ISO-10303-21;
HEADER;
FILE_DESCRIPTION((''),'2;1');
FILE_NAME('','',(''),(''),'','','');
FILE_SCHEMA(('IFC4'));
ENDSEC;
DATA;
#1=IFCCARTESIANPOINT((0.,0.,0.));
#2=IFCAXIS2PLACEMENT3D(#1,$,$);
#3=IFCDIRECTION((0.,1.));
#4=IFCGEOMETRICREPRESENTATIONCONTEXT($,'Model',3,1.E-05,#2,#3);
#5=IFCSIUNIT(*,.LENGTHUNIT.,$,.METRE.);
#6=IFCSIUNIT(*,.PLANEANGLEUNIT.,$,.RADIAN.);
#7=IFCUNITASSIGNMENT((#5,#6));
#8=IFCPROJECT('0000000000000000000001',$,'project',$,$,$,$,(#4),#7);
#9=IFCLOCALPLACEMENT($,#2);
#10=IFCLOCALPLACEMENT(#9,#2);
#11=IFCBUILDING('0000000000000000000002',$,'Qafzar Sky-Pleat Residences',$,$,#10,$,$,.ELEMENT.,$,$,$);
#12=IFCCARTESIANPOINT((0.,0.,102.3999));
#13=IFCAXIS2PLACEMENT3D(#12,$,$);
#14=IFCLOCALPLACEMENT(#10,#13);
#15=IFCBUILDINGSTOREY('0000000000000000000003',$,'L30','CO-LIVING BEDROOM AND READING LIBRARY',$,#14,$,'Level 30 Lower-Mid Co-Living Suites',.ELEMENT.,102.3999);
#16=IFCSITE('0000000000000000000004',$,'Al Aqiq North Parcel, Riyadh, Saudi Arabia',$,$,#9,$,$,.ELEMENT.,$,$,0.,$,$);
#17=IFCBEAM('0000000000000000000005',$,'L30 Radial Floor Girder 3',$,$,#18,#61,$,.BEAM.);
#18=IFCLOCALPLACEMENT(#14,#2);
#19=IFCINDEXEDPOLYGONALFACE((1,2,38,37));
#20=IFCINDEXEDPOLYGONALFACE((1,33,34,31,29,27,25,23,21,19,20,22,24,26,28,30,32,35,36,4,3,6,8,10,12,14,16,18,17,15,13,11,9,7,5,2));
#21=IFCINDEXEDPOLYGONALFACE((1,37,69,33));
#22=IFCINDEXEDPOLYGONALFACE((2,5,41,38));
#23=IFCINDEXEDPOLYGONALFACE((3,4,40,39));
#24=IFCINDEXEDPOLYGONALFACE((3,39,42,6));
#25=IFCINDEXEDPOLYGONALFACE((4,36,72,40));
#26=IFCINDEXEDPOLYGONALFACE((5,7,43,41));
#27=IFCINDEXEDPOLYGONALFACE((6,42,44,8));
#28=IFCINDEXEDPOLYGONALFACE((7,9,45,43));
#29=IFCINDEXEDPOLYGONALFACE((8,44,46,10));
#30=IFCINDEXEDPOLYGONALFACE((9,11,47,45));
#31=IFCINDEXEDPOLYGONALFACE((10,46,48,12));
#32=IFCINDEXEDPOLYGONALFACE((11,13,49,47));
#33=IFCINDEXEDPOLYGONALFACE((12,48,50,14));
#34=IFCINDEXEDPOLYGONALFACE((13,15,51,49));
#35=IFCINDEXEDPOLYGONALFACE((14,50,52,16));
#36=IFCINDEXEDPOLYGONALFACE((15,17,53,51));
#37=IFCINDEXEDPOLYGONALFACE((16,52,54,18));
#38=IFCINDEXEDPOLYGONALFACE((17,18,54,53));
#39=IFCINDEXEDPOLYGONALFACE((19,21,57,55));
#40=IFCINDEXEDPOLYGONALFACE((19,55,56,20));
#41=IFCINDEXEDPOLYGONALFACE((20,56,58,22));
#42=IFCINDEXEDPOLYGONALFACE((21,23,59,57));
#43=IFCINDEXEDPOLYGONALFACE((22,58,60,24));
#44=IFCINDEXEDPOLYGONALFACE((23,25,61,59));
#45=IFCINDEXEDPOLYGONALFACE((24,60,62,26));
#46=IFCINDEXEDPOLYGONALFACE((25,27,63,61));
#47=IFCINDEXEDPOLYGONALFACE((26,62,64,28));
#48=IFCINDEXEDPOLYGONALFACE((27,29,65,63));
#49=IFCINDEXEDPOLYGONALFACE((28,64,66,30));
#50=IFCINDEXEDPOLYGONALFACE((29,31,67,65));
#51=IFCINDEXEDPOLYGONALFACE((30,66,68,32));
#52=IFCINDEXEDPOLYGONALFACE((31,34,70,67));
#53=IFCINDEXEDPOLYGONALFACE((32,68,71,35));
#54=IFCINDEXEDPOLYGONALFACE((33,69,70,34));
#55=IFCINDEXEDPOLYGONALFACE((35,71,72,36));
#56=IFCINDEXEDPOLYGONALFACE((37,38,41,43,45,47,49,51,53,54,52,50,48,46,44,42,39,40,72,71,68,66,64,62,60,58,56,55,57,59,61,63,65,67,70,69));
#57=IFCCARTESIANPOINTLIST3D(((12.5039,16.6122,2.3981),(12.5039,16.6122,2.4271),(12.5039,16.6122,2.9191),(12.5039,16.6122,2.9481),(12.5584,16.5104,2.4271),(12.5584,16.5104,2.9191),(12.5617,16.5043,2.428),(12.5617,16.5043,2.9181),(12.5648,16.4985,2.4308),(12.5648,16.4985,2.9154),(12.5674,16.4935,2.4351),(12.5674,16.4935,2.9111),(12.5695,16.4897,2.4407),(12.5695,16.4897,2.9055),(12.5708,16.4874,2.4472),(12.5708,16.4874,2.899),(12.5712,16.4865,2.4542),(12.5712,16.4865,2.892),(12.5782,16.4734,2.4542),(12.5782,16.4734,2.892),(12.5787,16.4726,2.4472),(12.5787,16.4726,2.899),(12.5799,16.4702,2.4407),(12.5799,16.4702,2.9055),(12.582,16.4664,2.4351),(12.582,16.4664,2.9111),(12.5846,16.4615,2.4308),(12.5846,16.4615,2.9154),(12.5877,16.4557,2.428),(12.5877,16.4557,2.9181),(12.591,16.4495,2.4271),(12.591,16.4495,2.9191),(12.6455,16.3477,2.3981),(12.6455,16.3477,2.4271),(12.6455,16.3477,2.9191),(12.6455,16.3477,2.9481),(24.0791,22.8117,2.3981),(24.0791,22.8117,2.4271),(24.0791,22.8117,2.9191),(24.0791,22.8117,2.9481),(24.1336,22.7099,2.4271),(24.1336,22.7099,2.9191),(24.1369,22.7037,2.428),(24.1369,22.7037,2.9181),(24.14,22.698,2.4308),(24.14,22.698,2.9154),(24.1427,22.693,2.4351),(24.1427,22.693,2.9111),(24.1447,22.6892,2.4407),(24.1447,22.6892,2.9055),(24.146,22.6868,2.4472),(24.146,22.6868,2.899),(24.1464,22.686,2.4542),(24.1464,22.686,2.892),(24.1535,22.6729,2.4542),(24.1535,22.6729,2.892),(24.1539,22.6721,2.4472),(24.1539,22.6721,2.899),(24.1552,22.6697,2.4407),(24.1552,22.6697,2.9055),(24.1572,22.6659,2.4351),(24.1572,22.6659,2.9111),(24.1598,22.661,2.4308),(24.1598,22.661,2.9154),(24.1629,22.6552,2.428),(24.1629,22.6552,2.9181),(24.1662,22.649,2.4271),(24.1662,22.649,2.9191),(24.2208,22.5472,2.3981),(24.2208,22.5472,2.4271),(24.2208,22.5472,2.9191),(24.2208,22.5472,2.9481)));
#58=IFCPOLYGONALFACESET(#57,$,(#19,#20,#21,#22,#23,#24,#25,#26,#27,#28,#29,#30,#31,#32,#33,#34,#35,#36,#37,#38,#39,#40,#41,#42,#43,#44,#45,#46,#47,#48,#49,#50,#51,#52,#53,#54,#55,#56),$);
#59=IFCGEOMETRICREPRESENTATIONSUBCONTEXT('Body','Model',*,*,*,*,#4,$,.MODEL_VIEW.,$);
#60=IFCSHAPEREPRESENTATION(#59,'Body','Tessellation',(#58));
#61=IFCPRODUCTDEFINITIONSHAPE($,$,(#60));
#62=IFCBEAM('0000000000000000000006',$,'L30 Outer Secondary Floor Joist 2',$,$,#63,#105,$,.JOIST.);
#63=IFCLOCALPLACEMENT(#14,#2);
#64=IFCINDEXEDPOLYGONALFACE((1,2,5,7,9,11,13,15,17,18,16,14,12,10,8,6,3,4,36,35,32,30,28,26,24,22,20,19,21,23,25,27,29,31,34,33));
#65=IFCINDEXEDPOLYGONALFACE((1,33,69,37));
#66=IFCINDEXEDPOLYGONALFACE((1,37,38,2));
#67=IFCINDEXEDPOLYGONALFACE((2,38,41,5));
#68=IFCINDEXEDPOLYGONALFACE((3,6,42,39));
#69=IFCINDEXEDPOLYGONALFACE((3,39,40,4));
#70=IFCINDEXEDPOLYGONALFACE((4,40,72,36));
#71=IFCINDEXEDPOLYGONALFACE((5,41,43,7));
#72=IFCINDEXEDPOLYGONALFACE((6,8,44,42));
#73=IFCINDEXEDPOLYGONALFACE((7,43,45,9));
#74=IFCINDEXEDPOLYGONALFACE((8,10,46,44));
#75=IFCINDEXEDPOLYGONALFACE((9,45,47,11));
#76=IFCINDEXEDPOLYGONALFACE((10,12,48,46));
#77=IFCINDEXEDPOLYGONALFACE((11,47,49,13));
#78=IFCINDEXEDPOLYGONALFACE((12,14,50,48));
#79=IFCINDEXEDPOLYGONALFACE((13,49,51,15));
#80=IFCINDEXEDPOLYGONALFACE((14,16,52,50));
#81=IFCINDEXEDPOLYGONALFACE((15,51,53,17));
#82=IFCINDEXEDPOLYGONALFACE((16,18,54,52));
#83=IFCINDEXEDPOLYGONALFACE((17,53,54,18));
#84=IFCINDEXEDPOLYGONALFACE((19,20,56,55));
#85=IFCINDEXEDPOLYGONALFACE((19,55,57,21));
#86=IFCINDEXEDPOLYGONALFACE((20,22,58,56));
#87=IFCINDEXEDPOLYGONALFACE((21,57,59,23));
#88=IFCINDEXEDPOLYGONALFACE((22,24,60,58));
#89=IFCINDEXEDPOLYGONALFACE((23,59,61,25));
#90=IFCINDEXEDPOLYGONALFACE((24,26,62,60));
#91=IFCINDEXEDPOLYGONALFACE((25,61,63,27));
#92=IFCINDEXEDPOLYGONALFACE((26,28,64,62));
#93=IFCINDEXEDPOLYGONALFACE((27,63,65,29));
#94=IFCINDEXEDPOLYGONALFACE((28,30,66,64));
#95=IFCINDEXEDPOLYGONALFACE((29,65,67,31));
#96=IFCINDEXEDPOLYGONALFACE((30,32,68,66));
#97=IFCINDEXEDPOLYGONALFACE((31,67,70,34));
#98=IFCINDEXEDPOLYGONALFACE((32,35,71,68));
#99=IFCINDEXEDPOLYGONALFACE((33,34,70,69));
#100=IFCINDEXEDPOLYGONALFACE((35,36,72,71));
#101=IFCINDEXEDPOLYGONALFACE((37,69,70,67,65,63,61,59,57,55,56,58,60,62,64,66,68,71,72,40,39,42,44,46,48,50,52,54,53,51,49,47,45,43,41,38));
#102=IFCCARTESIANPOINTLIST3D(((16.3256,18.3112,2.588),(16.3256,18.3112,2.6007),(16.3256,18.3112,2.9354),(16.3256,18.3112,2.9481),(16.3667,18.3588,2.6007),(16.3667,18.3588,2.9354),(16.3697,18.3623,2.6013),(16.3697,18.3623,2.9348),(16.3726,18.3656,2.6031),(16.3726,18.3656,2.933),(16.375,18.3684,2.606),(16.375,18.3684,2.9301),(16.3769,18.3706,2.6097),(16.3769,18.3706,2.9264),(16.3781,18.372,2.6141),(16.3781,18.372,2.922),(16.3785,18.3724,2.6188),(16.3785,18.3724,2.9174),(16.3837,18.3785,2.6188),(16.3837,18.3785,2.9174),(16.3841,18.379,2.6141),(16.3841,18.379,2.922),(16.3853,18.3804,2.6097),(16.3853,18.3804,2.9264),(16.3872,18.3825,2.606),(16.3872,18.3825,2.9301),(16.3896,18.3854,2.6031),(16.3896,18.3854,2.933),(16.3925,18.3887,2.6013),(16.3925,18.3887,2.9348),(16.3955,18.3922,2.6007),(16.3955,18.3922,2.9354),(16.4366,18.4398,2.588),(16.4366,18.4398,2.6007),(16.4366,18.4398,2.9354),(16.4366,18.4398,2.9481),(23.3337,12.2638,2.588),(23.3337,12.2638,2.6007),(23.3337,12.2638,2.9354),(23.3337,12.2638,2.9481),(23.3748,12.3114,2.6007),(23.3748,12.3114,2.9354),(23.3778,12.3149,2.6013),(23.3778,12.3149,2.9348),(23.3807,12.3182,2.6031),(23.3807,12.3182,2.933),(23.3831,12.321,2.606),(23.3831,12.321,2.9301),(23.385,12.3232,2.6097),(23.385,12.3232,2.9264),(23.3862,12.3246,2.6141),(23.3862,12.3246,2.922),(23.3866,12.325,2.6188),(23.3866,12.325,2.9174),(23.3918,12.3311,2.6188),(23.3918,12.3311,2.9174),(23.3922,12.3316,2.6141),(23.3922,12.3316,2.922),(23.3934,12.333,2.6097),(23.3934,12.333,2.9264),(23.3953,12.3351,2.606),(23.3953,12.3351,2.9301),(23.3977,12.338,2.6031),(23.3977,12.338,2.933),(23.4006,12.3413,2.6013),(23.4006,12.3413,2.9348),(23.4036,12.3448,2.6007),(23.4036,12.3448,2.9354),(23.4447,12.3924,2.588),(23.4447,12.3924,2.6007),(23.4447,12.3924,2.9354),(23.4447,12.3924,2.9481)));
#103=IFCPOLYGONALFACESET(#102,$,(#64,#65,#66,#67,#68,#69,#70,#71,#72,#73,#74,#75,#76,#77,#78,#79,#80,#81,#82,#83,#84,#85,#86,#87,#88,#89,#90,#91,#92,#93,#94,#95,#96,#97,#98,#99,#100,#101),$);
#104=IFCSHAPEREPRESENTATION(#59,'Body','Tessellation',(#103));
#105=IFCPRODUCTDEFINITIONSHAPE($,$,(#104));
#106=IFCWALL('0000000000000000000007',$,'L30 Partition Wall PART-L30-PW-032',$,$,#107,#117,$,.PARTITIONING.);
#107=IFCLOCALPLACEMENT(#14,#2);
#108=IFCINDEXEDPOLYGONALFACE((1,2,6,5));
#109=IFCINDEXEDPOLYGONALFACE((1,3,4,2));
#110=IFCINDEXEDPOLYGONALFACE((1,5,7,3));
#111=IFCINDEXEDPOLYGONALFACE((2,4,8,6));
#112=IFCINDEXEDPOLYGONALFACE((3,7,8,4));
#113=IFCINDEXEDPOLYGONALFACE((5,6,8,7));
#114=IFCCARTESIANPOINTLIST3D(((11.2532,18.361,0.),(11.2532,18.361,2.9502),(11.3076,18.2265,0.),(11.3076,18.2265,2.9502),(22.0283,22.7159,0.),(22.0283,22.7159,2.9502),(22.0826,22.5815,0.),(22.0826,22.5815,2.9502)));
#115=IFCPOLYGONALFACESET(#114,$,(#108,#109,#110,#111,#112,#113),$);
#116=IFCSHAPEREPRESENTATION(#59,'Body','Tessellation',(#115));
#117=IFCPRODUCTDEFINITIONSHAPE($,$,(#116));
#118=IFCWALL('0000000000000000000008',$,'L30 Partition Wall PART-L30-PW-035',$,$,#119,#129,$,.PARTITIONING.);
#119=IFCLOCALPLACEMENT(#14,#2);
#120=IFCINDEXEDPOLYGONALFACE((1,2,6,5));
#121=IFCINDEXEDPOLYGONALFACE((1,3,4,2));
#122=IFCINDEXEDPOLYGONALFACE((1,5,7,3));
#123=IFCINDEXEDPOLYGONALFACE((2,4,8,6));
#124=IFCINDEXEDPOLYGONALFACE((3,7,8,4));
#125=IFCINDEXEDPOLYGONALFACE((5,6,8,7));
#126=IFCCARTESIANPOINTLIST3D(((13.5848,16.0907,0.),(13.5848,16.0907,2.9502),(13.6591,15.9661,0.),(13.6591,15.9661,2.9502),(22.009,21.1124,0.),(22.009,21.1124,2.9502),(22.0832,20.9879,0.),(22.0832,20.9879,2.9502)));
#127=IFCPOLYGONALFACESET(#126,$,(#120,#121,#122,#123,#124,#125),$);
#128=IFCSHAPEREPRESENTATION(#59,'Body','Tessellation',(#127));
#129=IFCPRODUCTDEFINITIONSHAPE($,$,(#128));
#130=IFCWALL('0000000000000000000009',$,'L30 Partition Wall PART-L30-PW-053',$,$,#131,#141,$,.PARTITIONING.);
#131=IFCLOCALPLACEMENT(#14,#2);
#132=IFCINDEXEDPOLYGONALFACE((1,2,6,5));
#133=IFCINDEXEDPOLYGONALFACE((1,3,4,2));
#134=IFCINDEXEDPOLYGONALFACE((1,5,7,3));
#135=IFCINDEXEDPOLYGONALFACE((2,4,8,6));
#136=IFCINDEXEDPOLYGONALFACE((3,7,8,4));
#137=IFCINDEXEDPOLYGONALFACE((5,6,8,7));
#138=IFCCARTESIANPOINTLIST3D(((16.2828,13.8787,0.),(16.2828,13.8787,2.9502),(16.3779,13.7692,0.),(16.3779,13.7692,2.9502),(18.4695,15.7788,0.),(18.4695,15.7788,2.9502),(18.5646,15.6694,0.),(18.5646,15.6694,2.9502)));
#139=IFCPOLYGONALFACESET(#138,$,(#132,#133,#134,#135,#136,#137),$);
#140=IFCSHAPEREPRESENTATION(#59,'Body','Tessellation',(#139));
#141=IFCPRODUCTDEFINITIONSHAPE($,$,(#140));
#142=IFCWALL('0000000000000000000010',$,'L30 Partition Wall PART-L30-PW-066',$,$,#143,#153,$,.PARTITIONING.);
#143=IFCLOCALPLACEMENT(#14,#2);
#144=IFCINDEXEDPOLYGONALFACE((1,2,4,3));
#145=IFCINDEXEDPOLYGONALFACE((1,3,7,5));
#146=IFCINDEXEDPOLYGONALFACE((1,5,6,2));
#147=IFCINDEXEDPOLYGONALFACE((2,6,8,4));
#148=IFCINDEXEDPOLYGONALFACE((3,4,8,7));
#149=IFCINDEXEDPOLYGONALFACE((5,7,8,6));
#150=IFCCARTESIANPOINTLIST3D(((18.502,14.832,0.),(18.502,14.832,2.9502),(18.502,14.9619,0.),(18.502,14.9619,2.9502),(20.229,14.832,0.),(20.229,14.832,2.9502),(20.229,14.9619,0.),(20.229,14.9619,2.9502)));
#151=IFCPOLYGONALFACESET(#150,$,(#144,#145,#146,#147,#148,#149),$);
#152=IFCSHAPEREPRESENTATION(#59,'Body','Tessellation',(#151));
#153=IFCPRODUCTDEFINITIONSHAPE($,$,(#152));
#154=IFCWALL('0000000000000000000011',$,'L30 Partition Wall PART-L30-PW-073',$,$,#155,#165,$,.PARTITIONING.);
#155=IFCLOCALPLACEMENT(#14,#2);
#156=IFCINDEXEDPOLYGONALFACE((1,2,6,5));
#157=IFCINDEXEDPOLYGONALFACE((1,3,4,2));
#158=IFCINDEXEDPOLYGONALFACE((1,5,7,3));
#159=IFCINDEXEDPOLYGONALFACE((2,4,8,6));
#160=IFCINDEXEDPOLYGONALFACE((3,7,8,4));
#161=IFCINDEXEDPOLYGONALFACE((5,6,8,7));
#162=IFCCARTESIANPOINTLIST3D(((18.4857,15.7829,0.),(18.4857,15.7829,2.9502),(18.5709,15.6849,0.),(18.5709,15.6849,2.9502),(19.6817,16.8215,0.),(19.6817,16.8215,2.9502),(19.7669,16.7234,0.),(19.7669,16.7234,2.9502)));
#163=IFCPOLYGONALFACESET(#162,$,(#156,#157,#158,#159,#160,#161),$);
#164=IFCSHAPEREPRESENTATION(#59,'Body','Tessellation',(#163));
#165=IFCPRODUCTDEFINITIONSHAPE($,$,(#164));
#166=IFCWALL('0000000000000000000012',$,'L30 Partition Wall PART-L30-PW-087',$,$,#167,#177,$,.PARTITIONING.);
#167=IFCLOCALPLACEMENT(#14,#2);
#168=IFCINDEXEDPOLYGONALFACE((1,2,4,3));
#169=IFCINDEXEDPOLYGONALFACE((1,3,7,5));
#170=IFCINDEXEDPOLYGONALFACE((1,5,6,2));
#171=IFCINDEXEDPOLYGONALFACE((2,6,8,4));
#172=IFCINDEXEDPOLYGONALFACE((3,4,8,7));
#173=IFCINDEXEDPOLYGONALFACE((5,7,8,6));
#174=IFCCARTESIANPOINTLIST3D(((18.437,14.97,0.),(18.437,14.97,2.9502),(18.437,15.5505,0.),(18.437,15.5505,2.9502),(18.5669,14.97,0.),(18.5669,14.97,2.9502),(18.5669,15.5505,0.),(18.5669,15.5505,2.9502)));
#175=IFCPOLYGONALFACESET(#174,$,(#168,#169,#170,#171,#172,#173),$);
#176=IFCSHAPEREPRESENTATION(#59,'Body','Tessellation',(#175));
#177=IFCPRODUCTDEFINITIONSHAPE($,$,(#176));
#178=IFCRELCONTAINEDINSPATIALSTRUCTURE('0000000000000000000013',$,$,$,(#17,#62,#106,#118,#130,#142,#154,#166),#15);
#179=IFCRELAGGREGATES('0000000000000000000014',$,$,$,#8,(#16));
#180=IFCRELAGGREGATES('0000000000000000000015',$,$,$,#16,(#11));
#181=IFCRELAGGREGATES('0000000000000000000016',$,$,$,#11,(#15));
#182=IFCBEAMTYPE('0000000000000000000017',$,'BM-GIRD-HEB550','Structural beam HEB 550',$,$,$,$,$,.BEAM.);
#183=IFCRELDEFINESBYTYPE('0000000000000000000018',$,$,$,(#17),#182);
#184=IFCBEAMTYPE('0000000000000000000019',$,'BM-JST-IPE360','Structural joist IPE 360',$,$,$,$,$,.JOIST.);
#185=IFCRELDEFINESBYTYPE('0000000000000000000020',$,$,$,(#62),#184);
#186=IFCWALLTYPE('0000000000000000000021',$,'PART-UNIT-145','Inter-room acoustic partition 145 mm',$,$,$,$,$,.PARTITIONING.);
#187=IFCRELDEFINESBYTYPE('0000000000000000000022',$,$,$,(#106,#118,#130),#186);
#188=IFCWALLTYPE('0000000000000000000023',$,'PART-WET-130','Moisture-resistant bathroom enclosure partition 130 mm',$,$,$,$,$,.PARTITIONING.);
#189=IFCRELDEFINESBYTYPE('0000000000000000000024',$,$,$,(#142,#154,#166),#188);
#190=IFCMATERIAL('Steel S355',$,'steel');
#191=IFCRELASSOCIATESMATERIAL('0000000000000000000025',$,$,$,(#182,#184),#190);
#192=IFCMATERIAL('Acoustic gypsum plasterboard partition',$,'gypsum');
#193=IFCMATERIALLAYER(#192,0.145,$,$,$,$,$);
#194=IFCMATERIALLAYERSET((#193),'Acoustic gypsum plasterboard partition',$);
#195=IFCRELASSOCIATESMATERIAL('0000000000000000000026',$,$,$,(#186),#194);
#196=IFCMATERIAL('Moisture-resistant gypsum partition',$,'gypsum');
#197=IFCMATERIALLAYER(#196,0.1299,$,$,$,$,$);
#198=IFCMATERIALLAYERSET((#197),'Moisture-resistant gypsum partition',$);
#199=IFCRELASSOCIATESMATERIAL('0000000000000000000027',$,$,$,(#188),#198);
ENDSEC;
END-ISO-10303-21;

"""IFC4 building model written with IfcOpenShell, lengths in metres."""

from ifc_helpers import new_model, si_unit, direction, frame, frame_2d, origin, origin_2d, place, context, subcontext, project, spatial, rectangle, i_section, extrude, source, transform, mapped, material, layer, layer_set, material_profile, profile_set, type_object, element, save


model = new_model("IFC4")

# Units and contexts
model_context = context("Model", 3, precision=1e-05, world=origin(), true_north=direction((0.0, 1.0)))
body_context = subcontext(model_context, "Body", "Model", "MODEL_VIEW")
ifc_project = project(units=[si_unit("LENGTHUNIT", "METRE"), si_unit("PLANEANGLEUNIT", "RADIAN")], contexts=[model_context])

# Site, building, storey
site_placement = place(None, origin())
site = spatial("IfcSite", under=ifc_project, at=site_placement, Name="Al Aqiq North Parcel, Riyadh, Saudi Arabia", CompositionType="ELEMENT", RefElevation=0.0)
building_placement = place(site_placement, origin())
building = spatial("IfcBuilding", under=site, at=building_placement, Name="Qafzar Sky-Pleat Residences", CompositionType="ELEMENT")
storey_placement = place(building_placement, frame((0.0, 0.0, 102.3999)))
storey = spatial("IfcBuildingStorey", under=building, at=storey_placement, Name="L30", Description="CO-LIVING BEDROOM AND READING LIBRARY", LongName="Level 30 Lower-Mid Co-Living Suites", CompositionType="ELEMENT", Elevation=102.3999)

# Beams
ifc_material_1 = material(Name="Steel S355", Category="steel")
ifc_material_profile_1 = material_profile(ifc_material_1, i_section(OverallWidth=0.3, OverallDepth=0.55, WebThickness=0.0149, FlangeThickness=0.0291, FilletRadius=0.0271, at=origin_2d()), Name="HEB 550")
ifc_profile_set_1 = profile_set([ifc_material_profile_1], Name="Steel S355")
beam_type_1 = type_object("IfcBeamType", Name="BM-GIRD-HEB550", Description="Structural beam HEB 550", PredefinedType="BEAM", material=ifc_profile_set_1)
shared_shape_1 = source(origin(), body_context, "Body", "SweptSolid", [
    extrude(i_section(OverallWidth=0.3, OverallDepth=0.55, WebThickness=0.0149, FlangeThickness=0.0291, FilletRadius=0.0271, at=origin_2d()), origin(), (0.0, 0.0, 1.0), 13.1309),
])
beam_1_placement = place(storey_placement, frame((12.5747, 16.48, 2.6731), z_axis=(0.881529, 0.472131, 0.0), x_axis=(-0.472131, 0.881529, 0.0)))
element("IfcBeam", 1, at=beam_1_placement, inside=storey, type_object=beam_type_1, Name="L30 Radial Floor Girder 3", PredefinedType="BEAM", context=body_context, shape_type="MappedRepresentation", body=[
    mapped(shared_shape_1, transform((0.0, 0.0, 0.0), x_axis=(1.0, 0.0, 0.0), y_axis=(0.0, 1.0, 0.0), z_axis=(0.0, 0.0, 1.0), scale=1.0)),
])
ifc_material_profile_2 = material_profile(ifc_material_1, i_section(OverallWidth=0.1699, OverallDepth=0.3601, WebThickness=0.0081, FlangeThickness=0.0127, FilletRadius=0.0181, at=origin_2d()), Name="IPE 360")
ifc_profile_set_2 = profile_set([ifc_material_profile_2], Name="Steel S355")
beam_type_2 = type_object("IfcBeamType", Name="BM-JST-IPE360", Description="Structural joist IPE 360", PredefinedType="JOIST", material=ifc_profile_set_2)
shared_shape_2 = source(origin(), body_context, "Body", "SweptSolid", [
    extrude(i_section(OverallWidth=0.1699, OverallDepth=0.3601, WebThickness=0.0081, FlangeThickness=0.0127, FilletRadius=0.0181, at=origin_2d()), origin(), (0.0, 0.0, 1.0), 9.2566),
])
beam_2_placement = place(storey_placement, frame((16.3811, 18.3755, 2.7681), z_axis=(0.757093, -0.653307, 0.0), x_axis=(0.653307, 0.757093, 0.0)))
element("IfcBeam", 2, at=beam_2_placement, inside=storey, type_object=beam_type_2, Name="L30 Outer Secondary Floor Joist 2", PredefinedType="JOIST", context=body_context, shape_type="MappedRepresentation", body=[
    mapped(shared_shape_2, transform((0.0, 0.0, 0.0), x_axis=(1.0, 0.0, 0.0), y_axis=(0.0, 1.0, 0.0), z_axis=(0.0, 0.0, 1.0), scale=1.0)),
])

# Walls
ifc_material_2 = material(Name="Acoustic gypsum plasterboard partition", Category="gypsum")
ifc_layer_1 = layer(ifc_material_2, 0.145)
ifc_layer_set_1 = layer_set([ifc_layer_1], Name="Acoustic gypsum plasterboard partition")
wall_type_1 = type_object("IfcWallType", Name="PART-UNIT-145", Description="Inter-room acoustic partition 145 mm", PredefinedType="PARTITIONING", material=ifc_layer_set_1)
wall_1_placement = place(storey_placement, frame((11.2803, 18.2937, 0.0), z_axis=(0.0, 0.0, 1.0), x_axis=(0.927138, 0.37472, 0.0)))
element("IfcWall", 3, at=wall_1_placement, inside=storey, type_object=wall_type_1, Name="L30 Partition Wall PART-L30-PW-032", PredefinedType="PARTITIONING", context=body_context, shape_type="SweptSolid", body=[
    extrude(rectangle(XDim=11.6218, YDim=0.145, at=frame_2d((5.811, 0.0))), origin(), (0.0, 0.0, 1.0), 2.9502),
])
wall_2_placement = place(storey_placement, frame((13.6218, 16.0283, 0.0), z_axis=(0.0, 0.0, 1.0), x_axis=(0.858961, 0.512041, 0.0)))
element("IfcWall", 4, at=wall_2_placement, inside=storey, type_object=wall_type_1, Name="L30 Partition Wall PART-L30-PW-035", PredefinedType="PARTITIONING", context=body_context, shape_type="SweptSolid", body=[
    extrude(rectangle(XDim=9.8074, YDim=0.145, at=frame_2d((4.9038, 0.0))), origin(), (0.0, 0.0, 1.0), 2.9502),
])
wall_3_placement = place(storey_placement, frame((16.3303, 13.824, 0.0), z_axis=(0.0, 0.0, 1.0), x_axis=(0.754843, 0.655905, 0.0)))
element("IfcWall", 5, at=wall_3_placement, inside=storey, type_object=wall_type_1, Name="L30 Partition Wall PART-L30-PW-053", PredefinedType="PARTITIONING", context=body_context, shape_type="SweptSolid", body=[
    extrude(rectangle(XDim=2.897, YDim=0.145, at=frame_2d((1.4485, 0.0))), origin(), (0.0, 0.0, 1.0), 2.9502),
])
ifc_material_3 = material(Name="Moisture-resistant gypsum partition", Category="gypsum")
ifc_layer_2 = layer(ifc_material_3, 0.1299)
ifc_layer_set_2 = layer_set([ifc_layer_2], Name="Moisture-resistant gypsum partition")
wall_type_2 = type_object("IfcWallType", Name="PART-WET-130", Description="Moisture-resistant bathroom enclosure partition 130 mm", PredefinedType="PARTITIONING", material=ifc_layer_set_2)
wall_4_placement = place(storey_placement, frame((18.502, 14.897, 0.0), z_axis=(0.0, 0.0, 1.0), x_axis=(1.0, 0.0, 0.0)))
element("IfcWall", 6, at=wall_4_placement, inside=storey, type_object=wall_type_2, Name="L30 Partition Wall PART-L30-PW-066", PredefinedType="PARTITIONING", context=body_context, shape_type="SweptSolid", body=[
    extrude(rectangle(XDim=1.7271, YDim=0.1299, at=frame_2d((0.8635, 0.0))), origin(), (0.0, 0.0, 1.0), 2.9502),
])
wall_5_placement = place(storey_placement, frame((18.5283, 15.7339, 0.0), z_axis=(0.0, 0.0, 1.0), x_axis=(0.755063, 0.655652, 0.0)))
element("IfcWall", 7, at=wall_5_placement, inside=storey, type_object=wall_type_2, Name="L30 Partition Wall PART-L30-PW-073", PredefinedType="PARTITIONING", context=body_context, shape_type="SweptSolid", body=[
    extrude(rectangle(XDim=1.584, YDim=0.1299, at=frame_2d((0.792, 0.0))), origin(), (0.0, 0.0, 1.0), 2.9502),
])
wall_6_placement = place(storey_placement, frame((18.502, 14.97, 0.0), z_axis=(0.0, 0.0, 1.0), x_axis=(0.0, 1.0, 0.0)))
element("IfcWall", 8, at=wall_6_placement, inside=storey, type_object=wall_type_2, Name="L30 Partition Wall PART-L30-PW-087", PredefinedType="PARTITIONING", context=body_context, shape_type="SweptSolid", body=[
    extrude(rectangle(XDim=0.5806, YDim=0.1299, at=frame_2d((0.2903, 0.0))), origin(), (0.0, 0.0, 1.0), 2.9502),
])

save(model, "model.ifc")
